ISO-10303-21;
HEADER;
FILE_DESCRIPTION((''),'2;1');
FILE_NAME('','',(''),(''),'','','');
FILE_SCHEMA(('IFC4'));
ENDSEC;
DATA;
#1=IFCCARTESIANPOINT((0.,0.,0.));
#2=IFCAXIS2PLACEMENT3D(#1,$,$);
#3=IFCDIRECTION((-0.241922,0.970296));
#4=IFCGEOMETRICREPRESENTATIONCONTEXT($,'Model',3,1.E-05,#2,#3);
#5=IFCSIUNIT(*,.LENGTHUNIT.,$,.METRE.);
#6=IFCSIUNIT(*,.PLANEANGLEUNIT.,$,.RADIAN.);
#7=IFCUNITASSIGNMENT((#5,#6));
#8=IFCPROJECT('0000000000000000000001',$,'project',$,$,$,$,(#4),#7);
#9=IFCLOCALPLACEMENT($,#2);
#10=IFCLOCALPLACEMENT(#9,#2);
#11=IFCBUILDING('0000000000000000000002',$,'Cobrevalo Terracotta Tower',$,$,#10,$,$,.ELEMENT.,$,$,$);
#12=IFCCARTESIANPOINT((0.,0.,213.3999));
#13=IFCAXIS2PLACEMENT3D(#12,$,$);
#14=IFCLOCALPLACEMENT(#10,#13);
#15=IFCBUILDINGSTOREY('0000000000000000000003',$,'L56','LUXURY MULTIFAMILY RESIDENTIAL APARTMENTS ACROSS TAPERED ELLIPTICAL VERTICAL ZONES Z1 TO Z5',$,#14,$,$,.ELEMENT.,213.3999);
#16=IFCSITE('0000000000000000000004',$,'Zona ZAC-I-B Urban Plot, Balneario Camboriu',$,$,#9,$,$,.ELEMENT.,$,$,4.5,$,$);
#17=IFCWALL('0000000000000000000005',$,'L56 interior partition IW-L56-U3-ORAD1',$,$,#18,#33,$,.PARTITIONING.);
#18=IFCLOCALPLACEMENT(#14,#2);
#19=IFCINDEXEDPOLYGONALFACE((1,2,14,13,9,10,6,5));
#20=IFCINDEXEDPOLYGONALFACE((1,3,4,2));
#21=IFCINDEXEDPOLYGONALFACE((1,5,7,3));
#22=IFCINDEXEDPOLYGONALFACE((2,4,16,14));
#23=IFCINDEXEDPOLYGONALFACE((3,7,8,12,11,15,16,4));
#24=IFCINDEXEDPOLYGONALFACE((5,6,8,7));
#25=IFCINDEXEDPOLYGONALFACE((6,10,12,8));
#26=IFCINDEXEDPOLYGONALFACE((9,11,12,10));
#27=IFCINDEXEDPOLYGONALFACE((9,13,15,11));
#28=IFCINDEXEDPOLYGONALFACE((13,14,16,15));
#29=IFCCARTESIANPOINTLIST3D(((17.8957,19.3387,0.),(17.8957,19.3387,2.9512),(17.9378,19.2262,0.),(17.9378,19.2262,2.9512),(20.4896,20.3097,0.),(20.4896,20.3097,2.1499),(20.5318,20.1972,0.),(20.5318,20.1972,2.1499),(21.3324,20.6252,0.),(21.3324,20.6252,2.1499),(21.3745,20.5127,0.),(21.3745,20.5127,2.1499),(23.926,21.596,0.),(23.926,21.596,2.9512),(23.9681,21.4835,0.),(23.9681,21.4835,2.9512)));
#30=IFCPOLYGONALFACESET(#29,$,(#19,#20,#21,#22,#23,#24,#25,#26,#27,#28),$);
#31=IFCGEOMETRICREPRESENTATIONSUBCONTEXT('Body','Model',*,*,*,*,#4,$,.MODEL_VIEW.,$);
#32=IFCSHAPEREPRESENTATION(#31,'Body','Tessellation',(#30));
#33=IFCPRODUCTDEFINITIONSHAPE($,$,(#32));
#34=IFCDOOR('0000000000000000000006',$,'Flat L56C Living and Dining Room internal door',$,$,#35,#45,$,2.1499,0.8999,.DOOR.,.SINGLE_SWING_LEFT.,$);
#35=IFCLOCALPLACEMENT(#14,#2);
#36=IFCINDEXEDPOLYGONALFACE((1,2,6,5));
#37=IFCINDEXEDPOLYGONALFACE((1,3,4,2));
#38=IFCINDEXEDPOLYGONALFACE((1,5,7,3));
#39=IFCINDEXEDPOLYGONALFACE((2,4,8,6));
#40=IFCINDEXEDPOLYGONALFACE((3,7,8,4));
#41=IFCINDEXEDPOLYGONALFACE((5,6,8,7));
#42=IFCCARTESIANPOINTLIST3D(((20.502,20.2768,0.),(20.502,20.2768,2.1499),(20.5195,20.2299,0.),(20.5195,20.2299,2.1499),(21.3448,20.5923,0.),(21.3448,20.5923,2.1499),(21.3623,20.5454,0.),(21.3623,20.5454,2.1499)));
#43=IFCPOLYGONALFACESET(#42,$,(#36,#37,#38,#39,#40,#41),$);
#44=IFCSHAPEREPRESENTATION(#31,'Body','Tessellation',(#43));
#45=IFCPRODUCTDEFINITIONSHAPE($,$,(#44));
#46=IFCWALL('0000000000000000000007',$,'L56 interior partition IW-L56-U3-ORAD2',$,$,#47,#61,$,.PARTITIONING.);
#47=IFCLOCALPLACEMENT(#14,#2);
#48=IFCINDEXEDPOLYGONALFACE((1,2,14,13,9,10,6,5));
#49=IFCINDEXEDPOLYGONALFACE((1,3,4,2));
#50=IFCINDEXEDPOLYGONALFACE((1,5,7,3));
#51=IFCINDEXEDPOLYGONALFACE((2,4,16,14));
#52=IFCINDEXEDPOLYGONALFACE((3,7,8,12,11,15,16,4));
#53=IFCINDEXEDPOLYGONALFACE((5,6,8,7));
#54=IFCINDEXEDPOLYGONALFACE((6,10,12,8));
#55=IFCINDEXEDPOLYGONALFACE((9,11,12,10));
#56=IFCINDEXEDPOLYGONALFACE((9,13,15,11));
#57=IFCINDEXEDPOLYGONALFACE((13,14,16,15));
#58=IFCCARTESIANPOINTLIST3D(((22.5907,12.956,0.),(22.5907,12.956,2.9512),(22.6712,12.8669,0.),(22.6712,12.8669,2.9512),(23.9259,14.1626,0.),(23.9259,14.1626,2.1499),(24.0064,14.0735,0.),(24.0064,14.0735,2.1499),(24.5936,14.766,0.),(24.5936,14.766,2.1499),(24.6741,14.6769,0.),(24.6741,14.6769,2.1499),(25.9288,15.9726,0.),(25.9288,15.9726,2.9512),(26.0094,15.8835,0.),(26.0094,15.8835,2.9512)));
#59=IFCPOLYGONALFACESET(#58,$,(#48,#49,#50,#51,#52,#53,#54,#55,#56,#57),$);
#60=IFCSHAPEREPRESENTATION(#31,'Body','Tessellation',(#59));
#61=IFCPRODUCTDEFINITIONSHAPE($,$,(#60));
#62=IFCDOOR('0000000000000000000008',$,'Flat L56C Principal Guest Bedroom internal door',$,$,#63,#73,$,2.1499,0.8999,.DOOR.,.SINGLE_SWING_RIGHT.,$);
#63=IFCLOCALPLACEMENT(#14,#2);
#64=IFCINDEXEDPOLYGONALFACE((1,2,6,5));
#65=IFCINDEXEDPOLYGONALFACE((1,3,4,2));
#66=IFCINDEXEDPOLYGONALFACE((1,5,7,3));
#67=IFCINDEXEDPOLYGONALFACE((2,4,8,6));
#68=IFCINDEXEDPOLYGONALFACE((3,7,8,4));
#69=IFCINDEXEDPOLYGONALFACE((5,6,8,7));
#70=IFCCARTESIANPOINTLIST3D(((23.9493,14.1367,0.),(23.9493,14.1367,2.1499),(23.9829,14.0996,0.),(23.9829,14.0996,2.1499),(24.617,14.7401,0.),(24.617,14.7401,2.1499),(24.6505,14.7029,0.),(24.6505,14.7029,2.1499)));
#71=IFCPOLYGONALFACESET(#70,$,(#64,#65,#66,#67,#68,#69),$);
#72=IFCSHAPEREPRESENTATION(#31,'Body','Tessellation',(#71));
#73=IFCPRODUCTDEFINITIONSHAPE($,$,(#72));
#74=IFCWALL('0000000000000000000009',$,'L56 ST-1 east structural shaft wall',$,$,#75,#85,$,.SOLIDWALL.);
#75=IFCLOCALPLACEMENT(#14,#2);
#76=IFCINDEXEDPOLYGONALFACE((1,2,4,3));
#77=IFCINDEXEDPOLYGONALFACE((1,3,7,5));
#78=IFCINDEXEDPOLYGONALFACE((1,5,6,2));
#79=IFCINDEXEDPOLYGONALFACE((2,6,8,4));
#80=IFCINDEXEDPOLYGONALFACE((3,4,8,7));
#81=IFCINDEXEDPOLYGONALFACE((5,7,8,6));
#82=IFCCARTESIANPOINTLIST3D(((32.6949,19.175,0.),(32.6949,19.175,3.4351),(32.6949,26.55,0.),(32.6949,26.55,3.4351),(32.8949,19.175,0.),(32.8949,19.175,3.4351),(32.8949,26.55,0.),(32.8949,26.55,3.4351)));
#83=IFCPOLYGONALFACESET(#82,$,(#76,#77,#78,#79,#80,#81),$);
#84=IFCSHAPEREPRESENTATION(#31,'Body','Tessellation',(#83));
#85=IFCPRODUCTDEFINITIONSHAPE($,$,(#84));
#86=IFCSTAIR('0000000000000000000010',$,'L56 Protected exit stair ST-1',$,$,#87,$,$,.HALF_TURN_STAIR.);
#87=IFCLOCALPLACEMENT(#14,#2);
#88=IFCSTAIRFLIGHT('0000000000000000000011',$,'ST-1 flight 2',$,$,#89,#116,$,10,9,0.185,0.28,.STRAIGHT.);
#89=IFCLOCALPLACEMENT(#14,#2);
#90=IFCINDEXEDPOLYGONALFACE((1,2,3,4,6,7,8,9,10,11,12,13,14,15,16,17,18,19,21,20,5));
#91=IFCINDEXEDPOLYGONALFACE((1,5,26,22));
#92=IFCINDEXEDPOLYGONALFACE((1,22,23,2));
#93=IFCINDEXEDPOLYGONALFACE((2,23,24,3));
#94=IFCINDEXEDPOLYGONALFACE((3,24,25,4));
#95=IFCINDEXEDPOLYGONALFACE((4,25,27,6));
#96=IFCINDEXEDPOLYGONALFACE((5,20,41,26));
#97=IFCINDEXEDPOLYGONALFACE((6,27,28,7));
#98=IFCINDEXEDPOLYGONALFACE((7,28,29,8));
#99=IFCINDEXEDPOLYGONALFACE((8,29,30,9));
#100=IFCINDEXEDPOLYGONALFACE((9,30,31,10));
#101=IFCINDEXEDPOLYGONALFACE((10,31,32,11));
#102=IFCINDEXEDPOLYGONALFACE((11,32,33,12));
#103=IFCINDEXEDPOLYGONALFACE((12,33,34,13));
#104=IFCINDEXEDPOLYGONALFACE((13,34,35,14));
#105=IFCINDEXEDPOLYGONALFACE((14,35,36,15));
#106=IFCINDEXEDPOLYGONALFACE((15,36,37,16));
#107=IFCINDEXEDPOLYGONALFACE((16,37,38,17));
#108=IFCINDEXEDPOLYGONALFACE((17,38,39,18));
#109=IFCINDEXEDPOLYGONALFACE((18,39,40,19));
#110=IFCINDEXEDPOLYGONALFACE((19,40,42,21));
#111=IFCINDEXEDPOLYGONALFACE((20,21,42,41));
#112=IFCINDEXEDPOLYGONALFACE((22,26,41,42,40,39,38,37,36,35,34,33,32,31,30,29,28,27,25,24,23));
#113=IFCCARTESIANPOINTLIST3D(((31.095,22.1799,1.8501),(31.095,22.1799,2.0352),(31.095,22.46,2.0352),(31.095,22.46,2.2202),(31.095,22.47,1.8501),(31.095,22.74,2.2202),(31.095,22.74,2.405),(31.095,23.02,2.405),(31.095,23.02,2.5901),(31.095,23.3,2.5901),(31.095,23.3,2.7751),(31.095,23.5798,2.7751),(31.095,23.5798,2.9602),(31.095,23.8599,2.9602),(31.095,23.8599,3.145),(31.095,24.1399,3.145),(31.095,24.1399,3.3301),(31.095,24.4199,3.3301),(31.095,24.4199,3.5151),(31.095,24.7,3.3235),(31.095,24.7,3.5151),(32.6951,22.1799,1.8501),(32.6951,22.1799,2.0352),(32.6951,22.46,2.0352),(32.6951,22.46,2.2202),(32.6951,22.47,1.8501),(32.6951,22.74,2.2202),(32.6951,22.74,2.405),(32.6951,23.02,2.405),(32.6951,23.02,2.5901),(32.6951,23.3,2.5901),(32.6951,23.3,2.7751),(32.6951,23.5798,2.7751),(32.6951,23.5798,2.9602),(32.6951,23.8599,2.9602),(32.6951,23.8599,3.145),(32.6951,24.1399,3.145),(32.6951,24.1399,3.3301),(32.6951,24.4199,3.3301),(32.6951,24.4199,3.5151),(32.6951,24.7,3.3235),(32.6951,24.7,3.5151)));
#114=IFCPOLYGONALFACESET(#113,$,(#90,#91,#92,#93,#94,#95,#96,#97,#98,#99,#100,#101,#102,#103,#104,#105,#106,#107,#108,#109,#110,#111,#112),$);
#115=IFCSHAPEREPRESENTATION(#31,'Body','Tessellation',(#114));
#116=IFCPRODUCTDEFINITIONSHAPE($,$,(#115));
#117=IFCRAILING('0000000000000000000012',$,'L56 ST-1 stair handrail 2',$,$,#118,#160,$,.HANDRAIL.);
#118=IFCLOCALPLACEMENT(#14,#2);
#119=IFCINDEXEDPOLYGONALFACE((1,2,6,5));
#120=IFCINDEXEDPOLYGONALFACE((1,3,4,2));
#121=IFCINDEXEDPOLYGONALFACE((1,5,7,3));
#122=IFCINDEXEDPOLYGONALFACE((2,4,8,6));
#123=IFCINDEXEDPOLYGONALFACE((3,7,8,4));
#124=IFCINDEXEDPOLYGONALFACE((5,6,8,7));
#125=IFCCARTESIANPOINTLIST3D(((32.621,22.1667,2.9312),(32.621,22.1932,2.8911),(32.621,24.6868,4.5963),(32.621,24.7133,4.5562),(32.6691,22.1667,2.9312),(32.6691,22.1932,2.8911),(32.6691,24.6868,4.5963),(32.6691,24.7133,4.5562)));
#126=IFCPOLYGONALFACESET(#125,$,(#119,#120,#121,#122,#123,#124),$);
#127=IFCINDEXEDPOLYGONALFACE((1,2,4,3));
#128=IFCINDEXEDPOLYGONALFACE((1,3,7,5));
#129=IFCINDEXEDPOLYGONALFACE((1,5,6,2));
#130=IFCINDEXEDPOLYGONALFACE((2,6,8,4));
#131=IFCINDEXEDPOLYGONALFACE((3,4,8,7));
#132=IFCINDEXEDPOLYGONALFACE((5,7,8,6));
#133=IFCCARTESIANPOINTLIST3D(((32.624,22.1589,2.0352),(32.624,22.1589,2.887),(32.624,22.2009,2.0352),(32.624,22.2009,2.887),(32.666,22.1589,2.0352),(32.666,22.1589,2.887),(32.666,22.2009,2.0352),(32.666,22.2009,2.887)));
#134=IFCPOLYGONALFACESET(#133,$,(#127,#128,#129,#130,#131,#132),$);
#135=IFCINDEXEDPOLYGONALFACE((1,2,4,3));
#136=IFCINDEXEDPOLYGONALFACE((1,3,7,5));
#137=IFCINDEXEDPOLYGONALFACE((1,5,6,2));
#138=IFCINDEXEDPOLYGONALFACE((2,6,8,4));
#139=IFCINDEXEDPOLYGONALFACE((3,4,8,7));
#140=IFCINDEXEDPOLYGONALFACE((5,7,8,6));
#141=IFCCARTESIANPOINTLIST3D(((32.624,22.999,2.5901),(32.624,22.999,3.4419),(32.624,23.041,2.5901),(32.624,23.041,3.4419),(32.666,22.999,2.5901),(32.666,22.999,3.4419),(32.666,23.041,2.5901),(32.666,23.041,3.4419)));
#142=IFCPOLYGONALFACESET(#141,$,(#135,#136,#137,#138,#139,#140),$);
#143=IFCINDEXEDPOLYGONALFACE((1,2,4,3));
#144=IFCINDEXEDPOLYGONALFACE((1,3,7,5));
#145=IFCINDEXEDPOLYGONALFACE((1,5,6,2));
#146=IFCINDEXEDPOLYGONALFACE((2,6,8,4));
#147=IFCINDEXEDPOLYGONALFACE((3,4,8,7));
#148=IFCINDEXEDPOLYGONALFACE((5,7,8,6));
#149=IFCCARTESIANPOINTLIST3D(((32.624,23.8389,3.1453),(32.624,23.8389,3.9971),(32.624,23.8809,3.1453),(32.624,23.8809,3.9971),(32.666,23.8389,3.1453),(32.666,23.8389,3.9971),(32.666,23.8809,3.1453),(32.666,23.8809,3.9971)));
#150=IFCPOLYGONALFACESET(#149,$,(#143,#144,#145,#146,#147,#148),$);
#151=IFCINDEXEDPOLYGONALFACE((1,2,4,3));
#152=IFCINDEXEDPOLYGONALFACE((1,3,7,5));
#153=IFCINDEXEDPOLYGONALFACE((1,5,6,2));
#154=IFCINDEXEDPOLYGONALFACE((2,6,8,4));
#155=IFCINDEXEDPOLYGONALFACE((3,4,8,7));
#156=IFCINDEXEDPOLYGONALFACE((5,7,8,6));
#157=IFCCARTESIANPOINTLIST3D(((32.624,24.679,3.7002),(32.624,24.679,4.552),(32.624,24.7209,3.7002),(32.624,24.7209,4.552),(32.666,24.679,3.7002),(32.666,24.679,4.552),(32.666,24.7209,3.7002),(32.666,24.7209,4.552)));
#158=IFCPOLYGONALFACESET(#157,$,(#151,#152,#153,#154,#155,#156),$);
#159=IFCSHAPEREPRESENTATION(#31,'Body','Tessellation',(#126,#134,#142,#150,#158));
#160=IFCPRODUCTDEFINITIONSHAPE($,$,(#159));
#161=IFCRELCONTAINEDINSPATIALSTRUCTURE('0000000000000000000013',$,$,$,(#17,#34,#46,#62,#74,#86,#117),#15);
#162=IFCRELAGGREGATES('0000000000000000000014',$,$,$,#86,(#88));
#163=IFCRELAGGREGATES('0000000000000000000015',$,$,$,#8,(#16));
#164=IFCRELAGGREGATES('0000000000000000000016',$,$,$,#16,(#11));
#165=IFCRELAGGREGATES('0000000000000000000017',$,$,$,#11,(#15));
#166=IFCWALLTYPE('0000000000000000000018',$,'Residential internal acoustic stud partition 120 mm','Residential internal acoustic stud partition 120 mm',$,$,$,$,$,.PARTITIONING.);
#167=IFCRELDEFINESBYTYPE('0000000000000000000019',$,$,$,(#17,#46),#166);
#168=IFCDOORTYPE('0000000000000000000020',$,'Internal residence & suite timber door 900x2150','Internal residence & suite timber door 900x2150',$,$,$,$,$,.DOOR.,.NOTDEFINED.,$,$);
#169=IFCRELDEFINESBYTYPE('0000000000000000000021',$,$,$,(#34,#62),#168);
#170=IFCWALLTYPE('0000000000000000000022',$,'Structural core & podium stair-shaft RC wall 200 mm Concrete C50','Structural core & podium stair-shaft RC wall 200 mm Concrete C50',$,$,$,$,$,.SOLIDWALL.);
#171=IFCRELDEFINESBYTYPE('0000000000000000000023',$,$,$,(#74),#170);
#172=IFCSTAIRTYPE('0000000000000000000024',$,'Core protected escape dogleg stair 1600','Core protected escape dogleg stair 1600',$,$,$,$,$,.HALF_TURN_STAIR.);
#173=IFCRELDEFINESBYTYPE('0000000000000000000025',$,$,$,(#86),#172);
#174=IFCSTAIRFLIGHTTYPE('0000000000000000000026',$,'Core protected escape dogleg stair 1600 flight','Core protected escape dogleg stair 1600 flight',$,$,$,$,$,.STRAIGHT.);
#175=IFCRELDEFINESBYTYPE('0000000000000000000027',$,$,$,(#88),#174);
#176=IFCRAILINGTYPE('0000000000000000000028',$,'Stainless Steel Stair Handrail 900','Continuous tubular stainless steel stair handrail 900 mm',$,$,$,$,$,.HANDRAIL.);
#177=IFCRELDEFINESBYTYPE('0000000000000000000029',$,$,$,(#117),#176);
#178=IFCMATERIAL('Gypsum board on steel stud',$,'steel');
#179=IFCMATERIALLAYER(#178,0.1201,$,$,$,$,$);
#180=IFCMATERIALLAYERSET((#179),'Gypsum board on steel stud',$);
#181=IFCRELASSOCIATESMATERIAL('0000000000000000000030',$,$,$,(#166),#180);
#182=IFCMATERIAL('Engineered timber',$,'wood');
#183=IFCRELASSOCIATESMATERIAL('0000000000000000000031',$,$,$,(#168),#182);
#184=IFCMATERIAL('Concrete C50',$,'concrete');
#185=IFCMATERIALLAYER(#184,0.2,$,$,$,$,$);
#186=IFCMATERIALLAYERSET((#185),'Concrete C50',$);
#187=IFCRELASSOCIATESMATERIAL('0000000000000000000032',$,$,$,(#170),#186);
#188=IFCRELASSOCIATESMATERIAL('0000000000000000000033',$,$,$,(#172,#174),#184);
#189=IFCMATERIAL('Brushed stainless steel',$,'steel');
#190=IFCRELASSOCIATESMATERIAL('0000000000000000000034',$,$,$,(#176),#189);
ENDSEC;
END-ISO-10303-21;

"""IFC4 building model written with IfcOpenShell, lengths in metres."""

from ifc_helpers import new_model, si_unit, direction, frame, frame_2d, origin, origin_2d, place, context, subcontext, project, spatial, polyline, rectangle, outline, extrude, source, transform, mapped, material, layer, layer_set, type_object, element, fill, aggregate, save


model = new_model("IFC4")

# Units and contexts
model_context = context("Model", 3, precision=1e-05, world=origin(), true_north=direction((-0.241922, 0.970296)))
body_context = subcontext(model_context, "Body", "Model", "MODEL_VIEW")
ifc_project = project(units=[si_unit("LENGTHUNIT", "METRE"), si_unit("PLANEANGLEUNIT", "RADIAN")], contexts=[model_context])

# Site, building, storey
site_placement = place(None, origin())
site = spatial("IfcSite", under=ifc_project, at=site_placement, Name="Zona ZAC-I-B Urban Plot, Balneario Camboriu", CompositionType="ELEMENT", RefElevation=4.5)
building_placement = place(site_placement, origin())
building = spatial("IfcBuilding", under=site, at=building_placement, Name="Cobrevalo Terracotta Tower", CompositionType="ELEMENT")
storey_placement = place(building_placement, frame((0.0, 0.0, 213.3999)))
storey = spatial("IfcBuildingStorey", under=building, at=storey_placement, Name="L56", Description="LUXURY MULTIFAMILY RESIDENTIAL APARTMENTS ACROSS TAPERED ELLIPTICAL VERTICAL ZONES Z1 TO Z5", CompositionType="ELEMENT", Elevation=213.3999)

# Shared definitions
ifc_material_1 = material(Name="Concrete C50", Category="concrete")

# Shared definitions
ifc_material_2 = material(Name="Gypsum board on steel stud", Category="steel")
ifc_layer_1 = layer(ifc_material_2, 0.1201)
ifc_layer_set_1 = layer_set([ifc_layer_1], Name="Gypsum board on steel stud")
wall_type_1 = type_object("IfcWallType", Name="Residential internal acoustic stud partition 120 mm", Description="Residential internal acoustic stud partition 120 mm", PredefinedType="PARTITIONING", material=ifc_layer_set_1)

# Walls, openings, doors
wall_1_placement = place(storey_placement, frame((23.947, 21.5398, 0.0), z_axis=(0.0, 0.0, 1.0), x_axis=(-0.936535, -0.350575, 0.0)))
wall_1 = element("IfcWall", 1, at=wall_1_placement, inside=storey, type_object=wall_type_1, Name="L56 interior partition IW-L56-U3-ORAD1", PredefinedType="PARTITIONING", context=body_context, shape_type="SweptSolid", body=[
    extrude(rectangle(XDim=6.439, YDim=0.1201, at=frame_2d((3.2195, 0.0))), origin(), (0.0, 0.0, 1.0), 2.9512),
])
opening_1_placement = place(wall_1_placement, frame((2.7693, 0.0, 0.0)))
opening_1 = element("IfcOpeningElement", 2, at=opening_1_placement, cuts=wall_1, PredefinedType="OPENING", context=body_context, shape_type="SweptSolid", body=[
    extrude(rectangle(XDim=0.8999, YDim=2.1499, at=frame_2d((0.45, 1.075))), frame((0.0, 0.0701, 0.0), z_axis=(0.0, -1.0, 0.0), x_axis=(1.0, 0.0, 0.0)), (0.0, 0.0, 1.0), 0.1401),
])
ifc_material_3 = material(Name="Engineered timber", Category="wood")
door_type_1 = type_object("IfcDoorType", Name="Internal residence & suite timber door 900x2150", Description="Internal residence & suite timber door 900x2150", OperationType="NOTDEFINED", PredefinedType="DOOR", material=ifc_material_3)
shared_shape_1 = source(origin(), body_context, "Body", "SweptSolid", [
    extrude(rectangle(XDim=0.8999, YDim=2.1499, at=frame_2d((0.45, 1.075))), frame((0.0, 0.0249, 0.0), z_axis=(0.0, -1.0, 0.0), x_axis=(1.0, 0.0, 0.0)), (0.0, 0.0, 1.0), 0.05),
])
door_1_placement = place(opening_1_placement, frame((0.8999, 0.0, 0.0), z_axis=(0.0, 0.0, 1.0), x_axis=(-1.0, 0.0, 0.0)))
door_1 = element("IfcDoor", 3, at=door_1_placement, inside=storey, type_object=door_type_1, Name="Flat L56C Living and Dining Room internal door", OperationType="SINGLE_SWING_LEFT", OverallHeight=2.1499, OverallWidth=0.8999, PredefinedType="DOOR", context=body_context, shape_type="MappedRepresentation", body=[
    mapped(shared_shape_1, transform((0.0, 0.0, 0.0), scale=1.0)),
])
fill(opening_1, door_1)
wall_2_placement = place(storey_placement, frame((25.969, 15.928, 0.0), z_axis=(0.0, 0.0, 1.0), x_axis=(-0.741935, -0.670471, 0.0)))
wall_2 = element("IfcWall", 4, at=wall_2_placement, inside=storey, type_object=wall_type_1, Name="L56 interior partition IW-L56-U3-ORAD2", PredefinedType="PARTITIONING", context=body_context, shape_type="SweptSolid", body=[
    extrude(rectangle(XDim=4.4993, YDim=0.1201, at=frame_2d((2.2495, 0.0))), origin(), (0.0, 0.0, 1.0), 2.9512),
])
opening_2_placement = place(wall_2_placement, frame((1.7996, 0.0, 0.0)))
opening_2 = element("IfcOpeningElement", 5, at=opening_2_placement, cuts=wall_2, PredefinedType="OPENING", context=body_context, shape_type="SweptSolid", body=[
    extrude(rectangle(XDim=0.8999, YDim=2.1499, at=frame_2d((0.45, 1.075))), frame((0.0, 0.0701, 0.0), z_axis=(0.0, -1.0, 0.0), x_axis=(1.0, 0.0, 0.0)), (0.0, 0.0, 1.0), 0.1401),
])
door_2_placement = place(opening_2_placement, origin())
door_2 = element("IfcDoor", 6, at=door_2_placement, inside=storey, type_object=door_type_1, Name="Flat L56C Principal Guest Bedroom internal door", OperationType="SINGLE_SWING_RIGHT", OverallHeight=2.1499, OverallWidth=0.8999, PredefinedType="DOOR", context=body_context, shape_type="MappedRepresentation", body=[
    mapped(shared_shape_1, transform((0.0, 0.0, 0.0), scale=1.0)),
])
fill(opening_2, door_2)

# Wall
ifc_layer_2 = layer(ifc_material_1, 0.2)
ifc_layer_set_2 = layer_set([ifc_layer_2], Name="Concrete C50")
wall_type_2 = type_object("IfcWallType", Name="Structural core & podium stair-shaft RC wall 200 mm Concrete C50", Description="Structural core & podium stair-shaft RC wall 200 mm Concrete C50", PredefinedType="SOLIDWALL", material=ifc_layer_set_2)
wall_3_placement = place(storey_placement, frame((32.7949, 19.175, 0.0), z_axis=(0.0, 0.0, 1.0), x_axis=(0.0, 1.0, 0.0)))
element("IfcWall", 7, at=wall_3_placement, inside=storey, type_object=wall_type_2, Name="L56 ST-1 east structural shaft wall", PredefinedType="SOLIDWALL", context=body_context, shape_type="SweptSolid", body=[
    extrude(rectangle(XDim=7.375, YDim=0.2, at=frame_2d((3.6875, 0.0))), origin(), (0.0, 0.0, 1.0), 3.4351),
])

# Stair, stair flight
stair_type = type_object("IfcStairType", Name="Core protected escape dogleg stair 1600", Description="Core protected escape dogleg stair 1600", PredefinedType="HALF_TURN_STAIR", material=ifc_material_1)
stair_placement = place(storey_placement, origin())
stair = element("IfcStair", 8, at=stair_placement, inside=storey, type_object=stair_type, Name="L56 Protected exit stair ST-1", PredefinedType="HALF_TURN_STAIR")
stair_flight_type = type_object("IfcStairFlightType", Name="Core protected escape dogleg stair 1600 flight", Description="Core protected escape dogleg stair 1600 flight", PredefinedType="STRAIGHT", material=ifc_material_1)
stair_flight_placement = place(storey_placement, frame((31.895, 22.1799, 1.8501), z_axis=(0.0, 0.0, 1.0), x_axis=(0.0, 1.0, 0.0)))
stair_flight = element("IfcStairFlight", 9, at=stair_flight_placement, type_object=stair_flight_type, Name="ST-1 flight 2", NumberOfRisers=10, NumberOfTreads=9, PredefinedType="STRAIGHT", RiserHeight=0.185, TreadLength=0.28, context=body_context, shape_type="SweptSolid", body=[
    extrude(outline(polyline([(0.0, 0.0), (0.0, 0.1851), (0.28, 0.1851), (0.28, 0.3701), (0.5601, 0.3701), (0.5601, 0.5549), (0.8401, 0.5549), (0.8401, 0.74), (1.1201, 0.74), (1.1201, 0.925), (1.3999, 0.925), (1.3999, 1.1101), (1.6799, 1.1101), (1.6799, 1.2949), (1.96, 1.2949), (1.96, 1.48), (2.24, 1.48), (2.24, 1.665), (2.52, 1.665), (2.52, 1.8501), (2.52, 1.4734), (0.29, 0.0), (0.0, 0.0)])), frame((0.0, 0.8, 0.0), z_axis=(0.0, -1.0, 0.0), x_axis=(1.0, 0.0, 0.0)), (0.0, 0.0, 1.0), 1.6001),
])
aggregate(stair, [stair_flight])

# Railing
ifc_material_4 = material(Name="Brushed stainless steel", Category="steel")
railing_type_1 = type_object("IfcRailingType", Name="Stainless Steel Stair Handrail 900", Description="Continuous tubular stainless steel stair handrail 900 mm", PredefinedType="HANDRAIL", material=ifc_material_4)
railing_1_placement = place(storey_placement, frame((32.645, 22.1799, 2.0352)))
element("IfcRailing", 10, at=railing_1_placement, inside=storey, type_object=railing_type_1, Name="L56 ST-1 stair handrail 2", PredefinedType="HANDRAIL", context=body_context, shape_type="SweptSolid", body=[
    extrude(rectangle(XDim=0.0481, YDim=0.0481, at=origin_2d()), frame((0.0, 0.0, 0.876), z_axis=(0.0, 0.834331, 0.551263), x_axis=(-1.0, 0.0, 0.0)), (0.0, 0.0, 1.0), 3.0205),
    extrude(rectangle(XDim=0.042, YDim=0.042, at=origin_2d()), origin(), (0.0, 0.0, 1.0), 0.8518),
    extrude(rectangle(XDim=0.042, YDim=0.042, at=origin_2d()), frame((0.0, 0.8401, 0.5549)), (0.0, 0.0, 1.0), 0.8518),
    extrude(rectangle(XDim=0.042, YDim=0.042, at=origin_2d()), frame((0.0, 1.6799, 1.1101)), (0.0, 0.0, 1.0), 0.8518),
    extrude(rectangle(XDim=0.042, YDim=0.042, at=origin_2d()), frame((0.0, 2.52, 1.665)), (0.0, 0.0, 1.0), 0.8518),
])

save(model, "model.ifc")
